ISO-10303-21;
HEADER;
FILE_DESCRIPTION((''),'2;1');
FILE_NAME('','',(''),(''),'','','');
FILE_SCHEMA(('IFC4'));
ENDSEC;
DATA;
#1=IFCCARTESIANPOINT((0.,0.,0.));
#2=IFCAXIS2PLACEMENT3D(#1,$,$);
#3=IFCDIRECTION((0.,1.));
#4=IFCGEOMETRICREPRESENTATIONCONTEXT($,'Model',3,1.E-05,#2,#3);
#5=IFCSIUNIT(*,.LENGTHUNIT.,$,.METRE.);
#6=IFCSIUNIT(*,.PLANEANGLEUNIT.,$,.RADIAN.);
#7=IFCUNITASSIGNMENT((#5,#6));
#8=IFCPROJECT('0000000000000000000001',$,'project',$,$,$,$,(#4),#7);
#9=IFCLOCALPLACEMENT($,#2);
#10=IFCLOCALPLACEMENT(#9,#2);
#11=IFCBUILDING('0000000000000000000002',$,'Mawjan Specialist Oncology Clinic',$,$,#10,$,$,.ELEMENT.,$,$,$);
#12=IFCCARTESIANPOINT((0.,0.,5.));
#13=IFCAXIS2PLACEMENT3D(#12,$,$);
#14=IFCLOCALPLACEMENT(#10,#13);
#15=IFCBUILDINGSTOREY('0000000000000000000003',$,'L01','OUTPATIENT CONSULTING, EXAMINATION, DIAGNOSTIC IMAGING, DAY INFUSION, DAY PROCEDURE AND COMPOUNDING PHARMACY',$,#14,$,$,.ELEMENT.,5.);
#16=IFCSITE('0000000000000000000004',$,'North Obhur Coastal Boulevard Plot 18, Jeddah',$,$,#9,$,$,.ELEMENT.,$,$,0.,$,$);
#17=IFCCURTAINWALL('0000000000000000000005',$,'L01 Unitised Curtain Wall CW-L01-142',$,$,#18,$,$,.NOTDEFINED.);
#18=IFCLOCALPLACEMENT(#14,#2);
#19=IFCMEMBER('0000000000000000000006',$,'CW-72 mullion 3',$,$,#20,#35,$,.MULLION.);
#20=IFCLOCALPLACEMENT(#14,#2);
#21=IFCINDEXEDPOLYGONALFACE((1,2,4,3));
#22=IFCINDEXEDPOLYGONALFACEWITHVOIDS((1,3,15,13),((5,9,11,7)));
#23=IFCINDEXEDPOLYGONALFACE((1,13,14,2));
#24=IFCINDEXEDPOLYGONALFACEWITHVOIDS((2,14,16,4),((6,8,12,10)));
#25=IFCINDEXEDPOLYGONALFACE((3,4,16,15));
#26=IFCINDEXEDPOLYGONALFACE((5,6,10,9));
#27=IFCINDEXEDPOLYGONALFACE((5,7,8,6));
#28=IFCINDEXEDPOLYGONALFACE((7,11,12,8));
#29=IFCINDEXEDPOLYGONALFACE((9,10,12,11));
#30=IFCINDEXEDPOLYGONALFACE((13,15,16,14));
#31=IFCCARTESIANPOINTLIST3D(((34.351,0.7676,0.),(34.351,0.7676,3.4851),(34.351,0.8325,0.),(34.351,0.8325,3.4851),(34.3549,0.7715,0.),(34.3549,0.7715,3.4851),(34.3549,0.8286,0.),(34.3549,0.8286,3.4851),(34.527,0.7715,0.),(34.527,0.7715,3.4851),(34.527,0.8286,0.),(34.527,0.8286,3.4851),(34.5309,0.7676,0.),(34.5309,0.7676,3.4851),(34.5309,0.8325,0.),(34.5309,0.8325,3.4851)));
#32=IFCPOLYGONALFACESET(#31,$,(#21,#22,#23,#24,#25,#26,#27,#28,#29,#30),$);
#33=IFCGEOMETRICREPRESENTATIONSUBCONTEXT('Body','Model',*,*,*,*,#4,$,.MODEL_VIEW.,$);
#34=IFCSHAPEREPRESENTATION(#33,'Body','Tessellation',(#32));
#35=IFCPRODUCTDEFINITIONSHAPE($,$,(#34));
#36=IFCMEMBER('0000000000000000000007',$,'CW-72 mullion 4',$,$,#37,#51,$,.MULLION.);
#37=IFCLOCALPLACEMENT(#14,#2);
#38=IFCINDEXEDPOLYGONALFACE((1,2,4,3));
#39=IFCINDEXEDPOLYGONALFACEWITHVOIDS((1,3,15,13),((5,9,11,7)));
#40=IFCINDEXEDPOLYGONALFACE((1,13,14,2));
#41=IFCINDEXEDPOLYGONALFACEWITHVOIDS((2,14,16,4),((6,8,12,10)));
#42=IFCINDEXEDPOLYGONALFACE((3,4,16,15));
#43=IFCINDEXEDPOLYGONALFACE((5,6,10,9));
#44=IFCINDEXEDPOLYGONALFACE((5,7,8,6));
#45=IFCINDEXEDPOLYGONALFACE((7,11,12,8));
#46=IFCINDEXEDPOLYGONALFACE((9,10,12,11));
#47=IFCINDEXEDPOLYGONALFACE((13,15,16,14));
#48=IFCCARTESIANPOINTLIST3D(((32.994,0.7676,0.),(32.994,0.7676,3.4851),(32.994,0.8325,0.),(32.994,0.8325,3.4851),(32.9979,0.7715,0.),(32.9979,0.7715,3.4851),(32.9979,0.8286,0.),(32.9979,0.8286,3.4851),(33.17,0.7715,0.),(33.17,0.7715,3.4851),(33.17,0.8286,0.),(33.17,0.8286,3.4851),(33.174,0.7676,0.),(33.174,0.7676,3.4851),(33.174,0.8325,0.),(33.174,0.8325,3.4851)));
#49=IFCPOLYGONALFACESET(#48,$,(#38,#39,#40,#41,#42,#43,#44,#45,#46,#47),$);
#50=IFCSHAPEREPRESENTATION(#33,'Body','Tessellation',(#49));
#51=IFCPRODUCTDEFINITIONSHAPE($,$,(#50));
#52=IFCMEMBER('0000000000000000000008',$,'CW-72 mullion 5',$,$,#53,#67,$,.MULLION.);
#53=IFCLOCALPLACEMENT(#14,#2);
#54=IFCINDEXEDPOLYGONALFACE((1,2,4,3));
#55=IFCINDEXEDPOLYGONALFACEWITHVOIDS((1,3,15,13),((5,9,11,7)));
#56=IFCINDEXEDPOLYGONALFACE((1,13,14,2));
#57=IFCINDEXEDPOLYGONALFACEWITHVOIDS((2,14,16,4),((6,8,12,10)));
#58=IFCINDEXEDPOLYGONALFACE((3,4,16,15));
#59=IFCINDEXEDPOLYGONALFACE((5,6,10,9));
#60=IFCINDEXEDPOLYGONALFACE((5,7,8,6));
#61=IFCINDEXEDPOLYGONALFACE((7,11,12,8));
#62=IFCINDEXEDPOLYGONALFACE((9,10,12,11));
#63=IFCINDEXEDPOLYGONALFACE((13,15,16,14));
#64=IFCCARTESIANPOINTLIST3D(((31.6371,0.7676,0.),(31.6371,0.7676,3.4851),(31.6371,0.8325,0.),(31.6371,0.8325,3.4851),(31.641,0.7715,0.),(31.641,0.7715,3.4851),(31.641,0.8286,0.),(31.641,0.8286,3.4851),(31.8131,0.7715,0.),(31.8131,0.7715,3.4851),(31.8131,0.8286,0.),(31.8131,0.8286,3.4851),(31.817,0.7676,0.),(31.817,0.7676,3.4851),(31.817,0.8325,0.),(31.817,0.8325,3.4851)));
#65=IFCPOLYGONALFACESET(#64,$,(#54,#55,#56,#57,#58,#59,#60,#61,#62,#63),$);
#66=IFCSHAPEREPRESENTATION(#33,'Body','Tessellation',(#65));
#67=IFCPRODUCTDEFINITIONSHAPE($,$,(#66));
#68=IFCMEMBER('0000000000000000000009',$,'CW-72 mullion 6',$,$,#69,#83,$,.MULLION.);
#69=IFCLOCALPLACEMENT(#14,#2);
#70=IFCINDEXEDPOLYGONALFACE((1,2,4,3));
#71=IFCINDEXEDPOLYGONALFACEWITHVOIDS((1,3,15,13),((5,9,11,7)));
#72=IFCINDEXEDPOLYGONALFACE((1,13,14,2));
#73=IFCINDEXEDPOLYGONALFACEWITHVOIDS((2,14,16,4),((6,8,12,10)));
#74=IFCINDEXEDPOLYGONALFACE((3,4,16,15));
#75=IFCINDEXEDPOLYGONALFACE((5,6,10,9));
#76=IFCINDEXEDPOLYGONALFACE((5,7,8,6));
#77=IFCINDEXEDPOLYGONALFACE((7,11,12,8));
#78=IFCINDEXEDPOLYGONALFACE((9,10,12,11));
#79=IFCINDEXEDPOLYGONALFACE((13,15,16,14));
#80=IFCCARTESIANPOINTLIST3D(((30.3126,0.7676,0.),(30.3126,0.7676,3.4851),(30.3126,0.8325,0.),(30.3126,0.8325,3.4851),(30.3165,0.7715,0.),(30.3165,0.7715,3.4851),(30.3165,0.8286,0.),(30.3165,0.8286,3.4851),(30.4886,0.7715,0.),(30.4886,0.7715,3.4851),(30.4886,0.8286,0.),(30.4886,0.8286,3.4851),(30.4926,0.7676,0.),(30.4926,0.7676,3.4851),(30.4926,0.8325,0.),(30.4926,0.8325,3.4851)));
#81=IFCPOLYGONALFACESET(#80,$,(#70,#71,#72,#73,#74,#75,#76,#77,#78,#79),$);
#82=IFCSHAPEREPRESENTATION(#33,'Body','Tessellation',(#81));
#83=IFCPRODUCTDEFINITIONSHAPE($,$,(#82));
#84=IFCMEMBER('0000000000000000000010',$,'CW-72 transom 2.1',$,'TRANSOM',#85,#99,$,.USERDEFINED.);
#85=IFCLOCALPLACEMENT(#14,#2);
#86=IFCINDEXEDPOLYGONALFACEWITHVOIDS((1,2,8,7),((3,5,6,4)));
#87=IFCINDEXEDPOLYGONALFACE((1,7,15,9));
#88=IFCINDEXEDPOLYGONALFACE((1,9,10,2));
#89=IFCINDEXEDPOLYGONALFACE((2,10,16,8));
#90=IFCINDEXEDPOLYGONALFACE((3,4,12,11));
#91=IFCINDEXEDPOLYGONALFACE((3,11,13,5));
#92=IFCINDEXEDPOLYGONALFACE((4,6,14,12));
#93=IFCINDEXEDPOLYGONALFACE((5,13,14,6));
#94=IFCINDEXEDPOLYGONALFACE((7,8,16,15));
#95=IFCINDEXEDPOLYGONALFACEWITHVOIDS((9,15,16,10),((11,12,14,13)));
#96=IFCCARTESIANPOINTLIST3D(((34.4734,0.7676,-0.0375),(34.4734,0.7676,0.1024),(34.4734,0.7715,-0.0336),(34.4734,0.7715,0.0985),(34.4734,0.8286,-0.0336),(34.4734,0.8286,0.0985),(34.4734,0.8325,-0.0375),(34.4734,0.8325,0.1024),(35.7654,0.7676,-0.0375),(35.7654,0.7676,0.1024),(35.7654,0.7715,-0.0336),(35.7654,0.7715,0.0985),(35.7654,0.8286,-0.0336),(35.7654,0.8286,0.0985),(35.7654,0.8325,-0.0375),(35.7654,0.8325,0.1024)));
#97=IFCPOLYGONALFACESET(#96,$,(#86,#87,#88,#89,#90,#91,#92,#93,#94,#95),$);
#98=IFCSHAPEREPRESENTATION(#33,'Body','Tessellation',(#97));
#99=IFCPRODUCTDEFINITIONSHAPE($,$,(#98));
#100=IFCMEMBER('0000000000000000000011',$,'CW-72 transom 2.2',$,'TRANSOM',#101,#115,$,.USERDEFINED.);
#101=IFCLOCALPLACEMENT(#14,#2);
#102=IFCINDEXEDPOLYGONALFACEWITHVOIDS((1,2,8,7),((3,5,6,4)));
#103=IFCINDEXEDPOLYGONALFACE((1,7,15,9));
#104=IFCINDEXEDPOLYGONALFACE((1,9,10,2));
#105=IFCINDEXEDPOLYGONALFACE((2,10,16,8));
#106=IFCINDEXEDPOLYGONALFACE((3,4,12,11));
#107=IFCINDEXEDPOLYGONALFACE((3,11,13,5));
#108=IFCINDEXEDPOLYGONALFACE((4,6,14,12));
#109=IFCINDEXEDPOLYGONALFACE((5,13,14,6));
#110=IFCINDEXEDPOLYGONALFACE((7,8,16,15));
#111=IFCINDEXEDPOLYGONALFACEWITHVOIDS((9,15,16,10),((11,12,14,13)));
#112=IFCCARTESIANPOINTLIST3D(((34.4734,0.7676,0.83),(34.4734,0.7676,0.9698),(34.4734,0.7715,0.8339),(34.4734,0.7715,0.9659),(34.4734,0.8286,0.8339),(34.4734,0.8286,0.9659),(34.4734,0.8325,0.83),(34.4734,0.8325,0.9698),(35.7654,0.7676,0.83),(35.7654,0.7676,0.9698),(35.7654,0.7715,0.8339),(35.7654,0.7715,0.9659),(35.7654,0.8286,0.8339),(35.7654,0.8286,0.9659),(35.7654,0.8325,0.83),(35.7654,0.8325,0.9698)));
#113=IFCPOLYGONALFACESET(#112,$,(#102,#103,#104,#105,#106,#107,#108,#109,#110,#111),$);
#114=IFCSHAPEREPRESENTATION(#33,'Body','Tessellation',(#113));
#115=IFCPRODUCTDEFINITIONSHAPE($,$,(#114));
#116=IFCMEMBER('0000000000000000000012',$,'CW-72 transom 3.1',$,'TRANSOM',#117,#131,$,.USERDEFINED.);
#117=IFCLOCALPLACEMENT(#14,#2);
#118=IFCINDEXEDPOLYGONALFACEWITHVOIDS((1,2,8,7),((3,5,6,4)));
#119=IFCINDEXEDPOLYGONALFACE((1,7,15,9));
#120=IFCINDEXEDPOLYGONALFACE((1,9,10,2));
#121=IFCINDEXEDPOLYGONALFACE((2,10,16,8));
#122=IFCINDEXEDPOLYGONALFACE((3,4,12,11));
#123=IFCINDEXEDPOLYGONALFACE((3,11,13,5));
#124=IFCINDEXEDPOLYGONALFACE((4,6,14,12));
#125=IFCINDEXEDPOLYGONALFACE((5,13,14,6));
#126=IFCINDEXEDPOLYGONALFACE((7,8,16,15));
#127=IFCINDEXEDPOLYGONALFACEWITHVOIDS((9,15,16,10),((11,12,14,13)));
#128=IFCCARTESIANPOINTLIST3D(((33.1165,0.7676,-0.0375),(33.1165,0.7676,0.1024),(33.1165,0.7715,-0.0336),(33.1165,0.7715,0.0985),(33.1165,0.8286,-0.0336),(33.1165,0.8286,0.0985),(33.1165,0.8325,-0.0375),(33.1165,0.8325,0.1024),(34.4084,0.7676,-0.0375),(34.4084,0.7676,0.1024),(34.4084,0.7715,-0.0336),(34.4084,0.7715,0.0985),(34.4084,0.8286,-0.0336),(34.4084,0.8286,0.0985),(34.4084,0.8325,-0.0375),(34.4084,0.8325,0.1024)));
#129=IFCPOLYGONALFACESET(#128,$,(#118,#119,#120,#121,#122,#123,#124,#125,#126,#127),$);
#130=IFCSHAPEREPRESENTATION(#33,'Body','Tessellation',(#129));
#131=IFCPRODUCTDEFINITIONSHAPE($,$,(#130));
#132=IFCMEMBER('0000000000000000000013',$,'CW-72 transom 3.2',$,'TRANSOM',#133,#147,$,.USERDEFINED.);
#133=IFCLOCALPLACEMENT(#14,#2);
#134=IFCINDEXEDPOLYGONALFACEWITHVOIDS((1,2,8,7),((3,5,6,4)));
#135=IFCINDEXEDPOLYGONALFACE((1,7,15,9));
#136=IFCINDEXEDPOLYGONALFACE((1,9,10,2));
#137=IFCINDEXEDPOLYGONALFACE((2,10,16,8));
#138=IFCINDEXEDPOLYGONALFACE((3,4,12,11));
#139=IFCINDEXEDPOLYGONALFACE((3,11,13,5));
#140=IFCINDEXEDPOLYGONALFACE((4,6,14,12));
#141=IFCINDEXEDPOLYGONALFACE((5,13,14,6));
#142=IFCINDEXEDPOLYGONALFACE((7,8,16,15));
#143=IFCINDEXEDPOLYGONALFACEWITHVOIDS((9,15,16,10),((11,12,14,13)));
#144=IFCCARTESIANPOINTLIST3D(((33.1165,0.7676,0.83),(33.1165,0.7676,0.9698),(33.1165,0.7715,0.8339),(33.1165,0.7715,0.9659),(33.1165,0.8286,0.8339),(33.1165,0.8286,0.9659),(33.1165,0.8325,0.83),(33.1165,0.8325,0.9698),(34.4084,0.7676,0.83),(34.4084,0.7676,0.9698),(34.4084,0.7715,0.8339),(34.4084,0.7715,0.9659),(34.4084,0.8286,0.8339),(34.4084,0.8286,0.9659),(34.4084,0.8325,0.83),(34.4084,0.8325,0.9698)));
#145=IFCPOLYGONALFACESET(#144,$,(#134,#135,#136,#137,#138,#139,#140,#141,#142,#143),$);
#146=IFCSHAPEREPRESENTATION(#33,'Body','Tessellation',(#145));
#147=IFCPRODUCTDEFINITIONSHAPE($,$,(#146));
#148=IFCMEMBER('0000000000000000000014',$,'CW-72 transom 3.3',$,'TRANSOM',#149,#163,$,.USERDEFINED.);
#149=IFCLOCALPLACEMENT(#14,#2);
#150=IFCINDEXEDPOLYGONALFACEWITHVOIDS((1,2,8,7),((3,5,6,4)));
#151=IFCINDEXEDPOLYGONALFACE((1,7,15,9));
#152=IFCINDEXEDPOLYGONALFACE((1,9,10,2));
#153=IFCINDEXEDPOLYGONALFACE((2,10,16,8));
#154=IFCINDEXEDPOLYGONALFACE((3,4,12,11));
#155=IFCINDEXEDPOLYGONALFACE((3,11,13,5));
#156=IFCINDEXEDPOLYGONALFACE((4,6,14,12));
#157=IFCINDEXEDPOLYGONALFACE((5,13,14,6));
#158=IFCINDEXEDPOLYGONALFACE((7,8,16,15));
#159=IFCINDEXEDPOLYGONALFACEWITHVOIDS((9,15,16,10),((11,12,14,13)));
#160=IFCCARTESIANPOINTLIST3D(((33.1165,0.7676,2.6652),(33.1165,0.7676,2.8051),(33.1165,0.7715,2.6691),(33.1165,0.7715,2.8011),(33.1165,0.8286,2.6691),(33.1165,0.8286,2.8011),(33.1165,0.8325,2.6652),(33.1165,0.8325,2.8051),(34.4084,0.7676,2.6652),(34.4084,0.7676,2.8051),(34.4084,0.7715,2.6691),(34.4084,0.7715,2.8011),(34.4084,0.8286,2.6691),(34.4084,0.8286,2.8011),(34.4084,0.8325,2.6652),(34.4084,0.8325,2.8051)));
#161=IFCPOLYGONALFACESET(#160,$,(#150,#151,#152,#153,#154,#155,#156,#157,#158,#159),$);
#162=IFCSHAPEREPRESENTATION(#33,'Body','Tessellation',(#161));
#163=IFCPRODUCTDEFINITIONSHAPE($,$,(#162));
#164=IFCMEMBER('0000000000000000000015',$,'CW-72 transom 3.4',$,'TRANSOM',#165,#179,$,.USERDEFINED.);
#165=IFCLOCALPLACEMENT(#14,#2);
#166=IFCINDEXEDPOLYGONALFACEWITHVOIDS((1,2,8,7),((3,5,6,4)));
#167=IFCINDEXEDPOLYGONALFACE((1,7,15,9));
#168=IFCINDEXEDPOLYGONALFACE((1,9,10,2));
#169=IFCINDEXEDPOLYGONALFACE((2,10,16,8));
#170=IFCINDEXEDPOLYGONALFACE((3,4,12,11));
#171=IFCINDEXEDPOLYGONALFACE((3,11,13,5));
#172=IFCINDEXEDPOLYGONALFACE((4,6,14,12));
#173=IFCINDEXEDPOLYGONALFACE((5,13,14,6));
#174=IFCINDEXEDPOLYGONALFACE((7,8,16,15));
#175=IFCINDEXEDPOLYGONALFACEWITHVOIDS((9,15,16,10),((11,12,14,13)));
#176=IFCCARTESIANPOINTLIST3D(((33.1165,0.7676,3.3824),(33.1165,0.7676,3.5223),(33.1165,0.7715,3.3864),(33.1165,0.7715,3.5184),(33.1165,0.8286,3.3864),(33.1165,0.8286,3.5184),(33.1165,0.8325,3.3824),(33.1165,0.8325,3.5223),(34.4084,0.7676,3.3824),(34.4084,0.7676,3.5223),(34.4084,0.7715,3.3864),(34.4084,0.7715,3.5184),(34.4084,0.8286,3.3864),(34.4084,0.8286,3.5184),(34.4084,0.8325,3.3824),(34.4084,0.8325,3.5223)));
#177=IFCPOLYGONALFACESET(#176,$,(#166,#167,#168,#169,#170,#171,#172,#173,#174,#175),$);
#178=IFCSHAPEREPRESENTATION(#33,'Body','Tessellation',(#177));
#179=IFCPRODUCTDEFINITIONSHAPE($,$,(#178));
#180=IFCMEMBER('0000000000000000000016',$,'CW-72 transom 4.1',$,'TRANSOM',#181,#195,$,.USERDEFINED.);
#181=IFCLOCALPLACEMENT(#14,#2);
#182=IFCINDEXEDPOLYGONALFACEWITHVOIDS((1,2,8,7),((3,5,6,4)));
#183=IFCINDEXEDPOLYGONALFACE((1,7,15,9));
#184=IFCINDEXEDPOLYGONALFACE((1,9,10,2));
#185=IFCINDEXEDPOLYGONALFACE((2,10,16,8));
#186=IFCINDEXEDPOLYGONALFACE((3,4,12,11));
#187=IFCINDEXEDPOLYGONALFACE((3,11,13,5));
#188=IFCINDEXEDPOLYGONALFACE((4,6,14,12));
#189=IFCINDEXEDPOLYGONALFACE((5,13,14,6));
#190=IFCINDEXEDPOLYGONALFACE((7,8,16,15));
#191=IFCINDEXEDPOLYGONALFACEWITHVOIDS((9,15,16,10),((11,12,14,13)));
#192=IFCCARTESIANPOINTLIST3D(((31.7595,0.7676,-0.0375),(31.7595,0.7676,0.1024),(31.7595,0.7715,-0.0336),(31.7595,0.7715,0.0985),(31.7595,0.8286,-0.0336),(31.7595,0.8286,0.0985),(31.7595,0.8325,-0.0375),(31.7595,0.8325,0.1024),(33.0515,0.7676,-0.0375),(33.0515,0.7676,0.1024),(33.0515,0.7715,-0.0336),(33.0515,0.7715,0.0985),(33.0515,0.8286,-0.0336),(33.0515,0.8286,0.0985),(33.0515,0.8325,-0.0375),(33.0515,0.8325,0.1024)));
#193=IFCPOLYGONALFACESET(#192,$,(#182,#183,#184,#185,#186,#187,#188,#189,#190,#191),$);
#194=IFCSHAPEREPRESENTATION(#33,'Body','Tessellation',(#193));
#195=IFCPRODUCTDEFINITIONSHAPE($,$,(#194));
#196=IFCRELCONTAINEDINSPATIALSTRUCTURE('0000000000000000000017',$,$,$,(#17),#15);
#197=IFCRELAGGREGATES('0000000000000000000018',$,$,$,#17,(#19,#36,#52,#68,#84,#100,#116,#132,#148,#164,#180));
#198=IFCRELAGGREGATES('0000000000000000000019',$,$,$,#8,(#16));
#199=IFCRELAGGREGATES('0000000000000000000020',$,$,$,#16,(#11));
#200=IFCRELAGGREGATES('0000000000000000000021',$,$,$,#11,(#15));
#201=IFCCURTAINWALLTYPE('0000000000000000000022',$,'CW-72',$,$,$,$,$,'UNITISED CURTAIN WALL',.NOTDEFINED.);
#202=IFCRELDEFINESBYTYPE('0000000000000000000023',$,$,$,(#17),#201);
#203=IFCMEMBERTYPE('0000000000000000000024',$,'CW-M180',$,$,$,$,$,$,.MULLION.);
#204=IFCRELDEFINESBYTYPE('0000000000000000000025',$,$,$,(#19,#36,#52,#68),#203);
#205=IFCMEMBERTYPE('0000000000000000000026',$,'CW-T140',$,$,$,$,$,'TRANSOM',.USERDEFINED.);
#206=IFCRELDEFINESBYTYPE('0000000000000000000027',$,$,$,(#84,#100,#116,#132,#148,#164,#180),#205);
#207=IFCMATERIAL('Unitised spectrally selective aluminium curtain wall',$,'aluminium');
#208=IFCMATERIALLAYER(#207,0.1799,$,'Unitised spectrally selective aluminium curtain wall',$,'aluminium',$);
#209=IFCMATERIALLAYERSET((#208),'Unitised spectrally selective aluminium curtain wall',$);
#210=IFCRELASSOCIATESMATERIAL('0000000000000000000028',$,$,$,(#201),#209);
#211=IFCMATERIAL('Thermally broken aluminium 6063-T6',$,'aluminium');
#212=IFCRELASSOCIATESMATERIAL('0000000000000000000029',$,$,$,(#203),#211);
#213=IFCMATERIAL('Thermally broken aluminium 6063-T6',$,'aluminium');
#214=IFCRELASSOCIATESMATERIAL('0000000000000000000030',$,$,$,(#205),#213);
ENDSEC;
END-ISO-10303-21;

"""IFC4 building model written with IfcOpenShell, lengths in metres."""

from ifc_helpers import new_model, si_unit, direction, frame, origin, origin_2d, place, context, subcontext, project, spatial, hollow_rectangle, extrude, material, layer, layer_set, material_profile, profile_set, type_object, element, aggregate, save


model = new_model("IFC4")

# Units and contexts
model_context = context("Model", 3, precision=1e-05, world=origin(), true_north=direction((0.0, 1.0)))
body_context = subcontext(model_context, "Body", "Model", "MODEL_VIEW")
ifc_project = project(units=[si_unit("LENGTHUNIT", "METRE"), si_unit("PLANEANGLEUNIT", "RADIAN")], contexts=[model_context])

# Site, building, storey
site_placement = place(None, origin())
site = spatial("IfcSite", under=ifc_project, at=site_placement, Name="North Obhur Coastal Boulevard Plot 18, Jeddah", CompositionType="ELEMENT", RefElevation=0.0)
building_placement = place(site_placement, origin())
building = spatial("IfcBuilding", under=site, at=building_placement, Name="Mawjan Specialist Oncology Clinic", CompositionType="ELEMENT")
storey_placement = place(building_placement, frame((0.0, 0.0, 5.0)))
storey = spatial("IfcBuildingStorey", under=building, at=storey_placement, Name="L01", Description="OUTPATIENT CONSULTING, EXAMINATION, DIAGNOSTIC IMAGING, DAY INFUSION, DAY PROCEDURE AND COMPOUNDING PHARMACY", CompositionType="ELEMENT", Elevation=5.0)

# Curtain wall, members
ifc_material_1 = material(Name="Unitised spectrally selective aluminium curtain wall", Category="aluminium")
ifc_layer_1 = layer(ifc_material_1, 0.1799, Name="Unitised spectrally selective aluminium curtain wall", Category="aluminium")
ifc_layer_set_1 = layer_set([ifc_layer_1], Name="Unitised spectrally selective aluminium curtain wall")
curtain_wall_type = type_object("IfcCurtainWallType", Name="CW-72", ElementType="UNITISED CURTAIN WALL", PredefinedType="NOTDEFINED", material=ifc_layer_set_1)
curtain_wall_placement = place(storey_placement, origin())
curtain_wall = element("IfcCurtainWall", 1, at=curtain_wall_placement, inside=storey, type_object=curtain_wall_type, Name="L01 Unitised Curtain Wall CW-L01-142", PredefinedType="NOTDEFINED")
ifc_material_2 = material(Name="Thermally broken aluminium 6063-T6", Category="aluminium")
ifc_material_profile_1 = material_profile(ifc_material_2, hollow_rectangle(XDim=0.0649, YDim=0.1799, WallThickness=0.0039, at=origin_2d()), Name="ALU MULLION 180x65x4", Category="aluminium")
ifc_profile_set_1 = profile_set([ifc_material_profile_1], Name="Thermally broken aluminium 6063-T6")
member_type_1 = type_object("IfcMemberType", Name="CW-M180", PredefinedType="MULLION", material=ifc_profile_set_1)
member_1_placement = place(storey_placement, frame((34.4409, 0.8, 0.0), z_axis=(0.0, 0.0, 1.0), x_axis=(0.0, -1.0, 0.0)))
member_1 = element("IfcMember", 2, at=member_1_placement, type_object=member_type_1, Name="CW-72 mullion 3", PredefinedType="MULLION", context=body_context, shape_type="SweptSolid", body=[
    extrude(hollow_rectangle(XDim=0.0649, YDim=0.1799, WallThickness=0.0039, at=origin_2d()), origin(), (0.0, 0.0, 1.0), 3.4851),
])
member_2_placement = place(storey_placement, frame((33.084, 0.8, 0.0), z_axis=(0.0, 0.0, 1.0), x_axis=(0.0, -1.0, 0.0)))
member_2 = element("IfcMember", 3, at=member_2_placement, type_object=member_type_1, Name="CW-72 mullion 4", PredefinedType="MULLION", context=body_context, shape_type="SweptSolid", body=[
    extrude(hollow_rectangle(XDim=0.0649, YDim=0.1799, WallThickness=0.0039, at=origin_2d()), origin(), (0.0, 0.0, 1.0), 3.4851),
])
member_3_placement = place(storey_placement, frame((31.7271, 0.8, 0.0), z_axis=(0.0, 0.0, 1.0), x_axis=(0.0, -1.0, 0.0)))
member_3 = element("IfcMember", 4, at=member_3_placement, type_object=member_type_1, Name="CW-72 mullion 5", PredefinedType="MULLION", context=body_context, shape_type="SweptSolid", body=[
    extrude(hollow_rectangle(XDim=0.0649, YDim=0.1799, WallThickness=0.0039, at=origin_2d()), origin(), (0.0, 0.0, 1.0), 3.4851),
])
member_4_placement = place(storey_placement, frame((30.4026, 0.8, 0.0), z_axis=(0.0, 0.0, 1.0), x_axis=(0.0, -1.0, 0.0)))
member_4 = element("IfcMember", 5, at=member_4_placement, type_object=member_type_1, Name="CW-72 mullion 6", PredefinedType="MULLION", context=body_context, shape_type="SweptSolid", body=[
    extrude(hollow_rectangle(XDim=0.0649, YDim=0.1799, WallThickness=0.0039, at=origin_2d()), origin(), (0.0, 0.0, 1.0), 3.4851),
])
ifc_material_3 = material(Name="Thermally broken aluminium 6063-T6", Category="aluminium")
ifc_material_profile_2 = material_profile(ifc_material_3, hollow_rectangle(XDim=0.0649, YDim=0.1399, WallThickness=0.0039, at=origin_2d()), Name="ALU TRANSOM 140x65x4", Category="aluminium")
ifc_profile_set_2 = profile_set([ifc_material_profile_2], Name="Thermally broken aluminium 6063-T6")
member_type_2 = type_object("IfcMemberType", Name="CW-T140", ElementType="TRANSOM", PredefinedType="USERDEFINED", material=ifc_profile_set_2)
member_5_placement = place(storey_placement, frame((35.7654, 0.8, 0.0325), z_axis=(-1.0, 0.0, 0.0), x_axis=(0.0, -1.0, 0.0)))
member_5 = element("IfcMember", 6, at=member_5_placement, type_object=member_type_2, Name="CW-72 transom 2.1", ObjectType="TRANSOM", PredefinedType="USERDEFINED", context=body_context, shape_type="SweptSolid", body=[
    extrude(hollow_rectangle(XDim=0.0649, YDim=0.1399, WallThickness=0.0039, at=origin_2d()), origin(), (0.0, 0.0, 1.0), 1.292),
])
member_6_placement = place(storey_placement, frame((35.7654, 0.8, 0.8999), z_axis=(-1.0, 0.0, 0.0), x_axis=(0.0, -1.0, 0.0)))
member_6 = element("IfcMember", 7, at=member_6_placement, type_object=member_type_2, Name="CW-72 transom 2.2", ObjectType="TRANSOM", PredefinedType="USERDEFINED", context=body_context, shape_type="SweptSolid", body=[
    extrude(hollow_rectangle(XDim=0.0649, YDim=0.1399, WallThickness=0.0039, at=origin_2d()), origin(), (0.0, 0.0, 1.0), 1.292),
])
member_7_placement = place(storey_placement, frame((34.4084, 0.8, 0.0325), z_axis=(-1.0, 0.0, 0.0), x_axis=(0.0, -1.0, 0.0)))
member_7 = element("IfcMember", 8, at=member_7_placement, type_object=member_type_2, Name="CW-72 transom 3.1", ObjectType="TRANSOM", PredefinedType="USERDEFINED", context=body_context, shape_type="SweptSolid", body=[
    extrude(hollow_rectangle(XDim=0.0649, YDim=0.1399, WallThickness=0.0039, at=origin_2d()), origin(), (0.0, 0.0, 1.0), 1.292),
])
member_8_placement = place(storey_placement, frame((34.4084, 0.8, 0.8999), z_axis=(-1.0, 0.0, 0.0), x_axis=(0.0, -1.0, 0.0)))
member_8 = element("IfcMember", 9, at=member_8_placement, type_object=member_type_2, Name="CW-72 transom 3.2", ObjectType="TRANSOM", PredefinedType="USERDEFINED", context=body_context, shape_type="SweptSolid", body=[
    extrude(hollow_rectangle(XDim=0.0649, YDim=0.1399, WallThickness=0.0039, at=origin_2d()), origin(), (0.0, 0.0, 1.0), 1.292),
])
member_9_placement = place(storey_placement, frame((34.4084, 0.8, 2.7351), z_axis=(-1.0, 0.0, 0.0), x_axis=(0.0, -1.0, 0.0)))
member_9 = element("IfcMember", 10, at=member_9_placement, type_object=member_type_2, Name="CW-72 transom 3.3", ObjectType="TRANSOM", PredefinedType="USERDEFINED", context=body_context, shape_type="SweptSolid", body=[
    extrude(hollow_rectangle(XDim=0.0649, YDim=0.1399, WallThickness=0.0039, at=origin_2d()), origin(), (0.0, 0.0, 1.0), 1.292),
])
member_10_placement = place(storey_placement, frame((34.4084, 0.8, 3.4524), z_axis=(-1.0, 0.0, 0.0), x_axis=(0.0, -1.0, 0.0)))
member_10 = element("IfcMember", 11, at=member_10_placement, type_object=member_type_2, Name="CW-72 transom 3.4", ObjectType="TRANSOM", PredefinedType="USERDEFINED", context=body_context, shape_type="SweptSolid", body=[
    extrude(hollow_rectangle(XDim=0.0649, YDim=0.1399, WallThickness=0.0039, at=origin_2d()), origin(), (0.0, 0.0, 1.0), 1.292),
])
member_11_placement = place(storey_placement, frame((33.0515, 0.8, 0.0325), z_axis=(-1.0, 0.0, 0.0), x_axis=(0.0, -1.0, 0.0)))
member_11 = element("IfcMember", 12, at=member_11_placement, type_object=member_type_2, Name="CW-72 transom 4.1", ObjectType="TRANSOM", PredefinedType="USERDEFINED", context=body_context, shape_type="SweptSolid", body=[
    extrude(hollow_rectangle(XDim=0.0649, YDim=0.1399, WallThickness=0.0039, at=origin_2d()), origin(), (0.0, 0.0, 1.0), 1.292),
])

aggregate(curtain_wall, [member_1, member_2, member_3, member_4, member_5, member_6, member_7, member_8, member_9, member_10, member_11])

save(model, "model.ifc")
